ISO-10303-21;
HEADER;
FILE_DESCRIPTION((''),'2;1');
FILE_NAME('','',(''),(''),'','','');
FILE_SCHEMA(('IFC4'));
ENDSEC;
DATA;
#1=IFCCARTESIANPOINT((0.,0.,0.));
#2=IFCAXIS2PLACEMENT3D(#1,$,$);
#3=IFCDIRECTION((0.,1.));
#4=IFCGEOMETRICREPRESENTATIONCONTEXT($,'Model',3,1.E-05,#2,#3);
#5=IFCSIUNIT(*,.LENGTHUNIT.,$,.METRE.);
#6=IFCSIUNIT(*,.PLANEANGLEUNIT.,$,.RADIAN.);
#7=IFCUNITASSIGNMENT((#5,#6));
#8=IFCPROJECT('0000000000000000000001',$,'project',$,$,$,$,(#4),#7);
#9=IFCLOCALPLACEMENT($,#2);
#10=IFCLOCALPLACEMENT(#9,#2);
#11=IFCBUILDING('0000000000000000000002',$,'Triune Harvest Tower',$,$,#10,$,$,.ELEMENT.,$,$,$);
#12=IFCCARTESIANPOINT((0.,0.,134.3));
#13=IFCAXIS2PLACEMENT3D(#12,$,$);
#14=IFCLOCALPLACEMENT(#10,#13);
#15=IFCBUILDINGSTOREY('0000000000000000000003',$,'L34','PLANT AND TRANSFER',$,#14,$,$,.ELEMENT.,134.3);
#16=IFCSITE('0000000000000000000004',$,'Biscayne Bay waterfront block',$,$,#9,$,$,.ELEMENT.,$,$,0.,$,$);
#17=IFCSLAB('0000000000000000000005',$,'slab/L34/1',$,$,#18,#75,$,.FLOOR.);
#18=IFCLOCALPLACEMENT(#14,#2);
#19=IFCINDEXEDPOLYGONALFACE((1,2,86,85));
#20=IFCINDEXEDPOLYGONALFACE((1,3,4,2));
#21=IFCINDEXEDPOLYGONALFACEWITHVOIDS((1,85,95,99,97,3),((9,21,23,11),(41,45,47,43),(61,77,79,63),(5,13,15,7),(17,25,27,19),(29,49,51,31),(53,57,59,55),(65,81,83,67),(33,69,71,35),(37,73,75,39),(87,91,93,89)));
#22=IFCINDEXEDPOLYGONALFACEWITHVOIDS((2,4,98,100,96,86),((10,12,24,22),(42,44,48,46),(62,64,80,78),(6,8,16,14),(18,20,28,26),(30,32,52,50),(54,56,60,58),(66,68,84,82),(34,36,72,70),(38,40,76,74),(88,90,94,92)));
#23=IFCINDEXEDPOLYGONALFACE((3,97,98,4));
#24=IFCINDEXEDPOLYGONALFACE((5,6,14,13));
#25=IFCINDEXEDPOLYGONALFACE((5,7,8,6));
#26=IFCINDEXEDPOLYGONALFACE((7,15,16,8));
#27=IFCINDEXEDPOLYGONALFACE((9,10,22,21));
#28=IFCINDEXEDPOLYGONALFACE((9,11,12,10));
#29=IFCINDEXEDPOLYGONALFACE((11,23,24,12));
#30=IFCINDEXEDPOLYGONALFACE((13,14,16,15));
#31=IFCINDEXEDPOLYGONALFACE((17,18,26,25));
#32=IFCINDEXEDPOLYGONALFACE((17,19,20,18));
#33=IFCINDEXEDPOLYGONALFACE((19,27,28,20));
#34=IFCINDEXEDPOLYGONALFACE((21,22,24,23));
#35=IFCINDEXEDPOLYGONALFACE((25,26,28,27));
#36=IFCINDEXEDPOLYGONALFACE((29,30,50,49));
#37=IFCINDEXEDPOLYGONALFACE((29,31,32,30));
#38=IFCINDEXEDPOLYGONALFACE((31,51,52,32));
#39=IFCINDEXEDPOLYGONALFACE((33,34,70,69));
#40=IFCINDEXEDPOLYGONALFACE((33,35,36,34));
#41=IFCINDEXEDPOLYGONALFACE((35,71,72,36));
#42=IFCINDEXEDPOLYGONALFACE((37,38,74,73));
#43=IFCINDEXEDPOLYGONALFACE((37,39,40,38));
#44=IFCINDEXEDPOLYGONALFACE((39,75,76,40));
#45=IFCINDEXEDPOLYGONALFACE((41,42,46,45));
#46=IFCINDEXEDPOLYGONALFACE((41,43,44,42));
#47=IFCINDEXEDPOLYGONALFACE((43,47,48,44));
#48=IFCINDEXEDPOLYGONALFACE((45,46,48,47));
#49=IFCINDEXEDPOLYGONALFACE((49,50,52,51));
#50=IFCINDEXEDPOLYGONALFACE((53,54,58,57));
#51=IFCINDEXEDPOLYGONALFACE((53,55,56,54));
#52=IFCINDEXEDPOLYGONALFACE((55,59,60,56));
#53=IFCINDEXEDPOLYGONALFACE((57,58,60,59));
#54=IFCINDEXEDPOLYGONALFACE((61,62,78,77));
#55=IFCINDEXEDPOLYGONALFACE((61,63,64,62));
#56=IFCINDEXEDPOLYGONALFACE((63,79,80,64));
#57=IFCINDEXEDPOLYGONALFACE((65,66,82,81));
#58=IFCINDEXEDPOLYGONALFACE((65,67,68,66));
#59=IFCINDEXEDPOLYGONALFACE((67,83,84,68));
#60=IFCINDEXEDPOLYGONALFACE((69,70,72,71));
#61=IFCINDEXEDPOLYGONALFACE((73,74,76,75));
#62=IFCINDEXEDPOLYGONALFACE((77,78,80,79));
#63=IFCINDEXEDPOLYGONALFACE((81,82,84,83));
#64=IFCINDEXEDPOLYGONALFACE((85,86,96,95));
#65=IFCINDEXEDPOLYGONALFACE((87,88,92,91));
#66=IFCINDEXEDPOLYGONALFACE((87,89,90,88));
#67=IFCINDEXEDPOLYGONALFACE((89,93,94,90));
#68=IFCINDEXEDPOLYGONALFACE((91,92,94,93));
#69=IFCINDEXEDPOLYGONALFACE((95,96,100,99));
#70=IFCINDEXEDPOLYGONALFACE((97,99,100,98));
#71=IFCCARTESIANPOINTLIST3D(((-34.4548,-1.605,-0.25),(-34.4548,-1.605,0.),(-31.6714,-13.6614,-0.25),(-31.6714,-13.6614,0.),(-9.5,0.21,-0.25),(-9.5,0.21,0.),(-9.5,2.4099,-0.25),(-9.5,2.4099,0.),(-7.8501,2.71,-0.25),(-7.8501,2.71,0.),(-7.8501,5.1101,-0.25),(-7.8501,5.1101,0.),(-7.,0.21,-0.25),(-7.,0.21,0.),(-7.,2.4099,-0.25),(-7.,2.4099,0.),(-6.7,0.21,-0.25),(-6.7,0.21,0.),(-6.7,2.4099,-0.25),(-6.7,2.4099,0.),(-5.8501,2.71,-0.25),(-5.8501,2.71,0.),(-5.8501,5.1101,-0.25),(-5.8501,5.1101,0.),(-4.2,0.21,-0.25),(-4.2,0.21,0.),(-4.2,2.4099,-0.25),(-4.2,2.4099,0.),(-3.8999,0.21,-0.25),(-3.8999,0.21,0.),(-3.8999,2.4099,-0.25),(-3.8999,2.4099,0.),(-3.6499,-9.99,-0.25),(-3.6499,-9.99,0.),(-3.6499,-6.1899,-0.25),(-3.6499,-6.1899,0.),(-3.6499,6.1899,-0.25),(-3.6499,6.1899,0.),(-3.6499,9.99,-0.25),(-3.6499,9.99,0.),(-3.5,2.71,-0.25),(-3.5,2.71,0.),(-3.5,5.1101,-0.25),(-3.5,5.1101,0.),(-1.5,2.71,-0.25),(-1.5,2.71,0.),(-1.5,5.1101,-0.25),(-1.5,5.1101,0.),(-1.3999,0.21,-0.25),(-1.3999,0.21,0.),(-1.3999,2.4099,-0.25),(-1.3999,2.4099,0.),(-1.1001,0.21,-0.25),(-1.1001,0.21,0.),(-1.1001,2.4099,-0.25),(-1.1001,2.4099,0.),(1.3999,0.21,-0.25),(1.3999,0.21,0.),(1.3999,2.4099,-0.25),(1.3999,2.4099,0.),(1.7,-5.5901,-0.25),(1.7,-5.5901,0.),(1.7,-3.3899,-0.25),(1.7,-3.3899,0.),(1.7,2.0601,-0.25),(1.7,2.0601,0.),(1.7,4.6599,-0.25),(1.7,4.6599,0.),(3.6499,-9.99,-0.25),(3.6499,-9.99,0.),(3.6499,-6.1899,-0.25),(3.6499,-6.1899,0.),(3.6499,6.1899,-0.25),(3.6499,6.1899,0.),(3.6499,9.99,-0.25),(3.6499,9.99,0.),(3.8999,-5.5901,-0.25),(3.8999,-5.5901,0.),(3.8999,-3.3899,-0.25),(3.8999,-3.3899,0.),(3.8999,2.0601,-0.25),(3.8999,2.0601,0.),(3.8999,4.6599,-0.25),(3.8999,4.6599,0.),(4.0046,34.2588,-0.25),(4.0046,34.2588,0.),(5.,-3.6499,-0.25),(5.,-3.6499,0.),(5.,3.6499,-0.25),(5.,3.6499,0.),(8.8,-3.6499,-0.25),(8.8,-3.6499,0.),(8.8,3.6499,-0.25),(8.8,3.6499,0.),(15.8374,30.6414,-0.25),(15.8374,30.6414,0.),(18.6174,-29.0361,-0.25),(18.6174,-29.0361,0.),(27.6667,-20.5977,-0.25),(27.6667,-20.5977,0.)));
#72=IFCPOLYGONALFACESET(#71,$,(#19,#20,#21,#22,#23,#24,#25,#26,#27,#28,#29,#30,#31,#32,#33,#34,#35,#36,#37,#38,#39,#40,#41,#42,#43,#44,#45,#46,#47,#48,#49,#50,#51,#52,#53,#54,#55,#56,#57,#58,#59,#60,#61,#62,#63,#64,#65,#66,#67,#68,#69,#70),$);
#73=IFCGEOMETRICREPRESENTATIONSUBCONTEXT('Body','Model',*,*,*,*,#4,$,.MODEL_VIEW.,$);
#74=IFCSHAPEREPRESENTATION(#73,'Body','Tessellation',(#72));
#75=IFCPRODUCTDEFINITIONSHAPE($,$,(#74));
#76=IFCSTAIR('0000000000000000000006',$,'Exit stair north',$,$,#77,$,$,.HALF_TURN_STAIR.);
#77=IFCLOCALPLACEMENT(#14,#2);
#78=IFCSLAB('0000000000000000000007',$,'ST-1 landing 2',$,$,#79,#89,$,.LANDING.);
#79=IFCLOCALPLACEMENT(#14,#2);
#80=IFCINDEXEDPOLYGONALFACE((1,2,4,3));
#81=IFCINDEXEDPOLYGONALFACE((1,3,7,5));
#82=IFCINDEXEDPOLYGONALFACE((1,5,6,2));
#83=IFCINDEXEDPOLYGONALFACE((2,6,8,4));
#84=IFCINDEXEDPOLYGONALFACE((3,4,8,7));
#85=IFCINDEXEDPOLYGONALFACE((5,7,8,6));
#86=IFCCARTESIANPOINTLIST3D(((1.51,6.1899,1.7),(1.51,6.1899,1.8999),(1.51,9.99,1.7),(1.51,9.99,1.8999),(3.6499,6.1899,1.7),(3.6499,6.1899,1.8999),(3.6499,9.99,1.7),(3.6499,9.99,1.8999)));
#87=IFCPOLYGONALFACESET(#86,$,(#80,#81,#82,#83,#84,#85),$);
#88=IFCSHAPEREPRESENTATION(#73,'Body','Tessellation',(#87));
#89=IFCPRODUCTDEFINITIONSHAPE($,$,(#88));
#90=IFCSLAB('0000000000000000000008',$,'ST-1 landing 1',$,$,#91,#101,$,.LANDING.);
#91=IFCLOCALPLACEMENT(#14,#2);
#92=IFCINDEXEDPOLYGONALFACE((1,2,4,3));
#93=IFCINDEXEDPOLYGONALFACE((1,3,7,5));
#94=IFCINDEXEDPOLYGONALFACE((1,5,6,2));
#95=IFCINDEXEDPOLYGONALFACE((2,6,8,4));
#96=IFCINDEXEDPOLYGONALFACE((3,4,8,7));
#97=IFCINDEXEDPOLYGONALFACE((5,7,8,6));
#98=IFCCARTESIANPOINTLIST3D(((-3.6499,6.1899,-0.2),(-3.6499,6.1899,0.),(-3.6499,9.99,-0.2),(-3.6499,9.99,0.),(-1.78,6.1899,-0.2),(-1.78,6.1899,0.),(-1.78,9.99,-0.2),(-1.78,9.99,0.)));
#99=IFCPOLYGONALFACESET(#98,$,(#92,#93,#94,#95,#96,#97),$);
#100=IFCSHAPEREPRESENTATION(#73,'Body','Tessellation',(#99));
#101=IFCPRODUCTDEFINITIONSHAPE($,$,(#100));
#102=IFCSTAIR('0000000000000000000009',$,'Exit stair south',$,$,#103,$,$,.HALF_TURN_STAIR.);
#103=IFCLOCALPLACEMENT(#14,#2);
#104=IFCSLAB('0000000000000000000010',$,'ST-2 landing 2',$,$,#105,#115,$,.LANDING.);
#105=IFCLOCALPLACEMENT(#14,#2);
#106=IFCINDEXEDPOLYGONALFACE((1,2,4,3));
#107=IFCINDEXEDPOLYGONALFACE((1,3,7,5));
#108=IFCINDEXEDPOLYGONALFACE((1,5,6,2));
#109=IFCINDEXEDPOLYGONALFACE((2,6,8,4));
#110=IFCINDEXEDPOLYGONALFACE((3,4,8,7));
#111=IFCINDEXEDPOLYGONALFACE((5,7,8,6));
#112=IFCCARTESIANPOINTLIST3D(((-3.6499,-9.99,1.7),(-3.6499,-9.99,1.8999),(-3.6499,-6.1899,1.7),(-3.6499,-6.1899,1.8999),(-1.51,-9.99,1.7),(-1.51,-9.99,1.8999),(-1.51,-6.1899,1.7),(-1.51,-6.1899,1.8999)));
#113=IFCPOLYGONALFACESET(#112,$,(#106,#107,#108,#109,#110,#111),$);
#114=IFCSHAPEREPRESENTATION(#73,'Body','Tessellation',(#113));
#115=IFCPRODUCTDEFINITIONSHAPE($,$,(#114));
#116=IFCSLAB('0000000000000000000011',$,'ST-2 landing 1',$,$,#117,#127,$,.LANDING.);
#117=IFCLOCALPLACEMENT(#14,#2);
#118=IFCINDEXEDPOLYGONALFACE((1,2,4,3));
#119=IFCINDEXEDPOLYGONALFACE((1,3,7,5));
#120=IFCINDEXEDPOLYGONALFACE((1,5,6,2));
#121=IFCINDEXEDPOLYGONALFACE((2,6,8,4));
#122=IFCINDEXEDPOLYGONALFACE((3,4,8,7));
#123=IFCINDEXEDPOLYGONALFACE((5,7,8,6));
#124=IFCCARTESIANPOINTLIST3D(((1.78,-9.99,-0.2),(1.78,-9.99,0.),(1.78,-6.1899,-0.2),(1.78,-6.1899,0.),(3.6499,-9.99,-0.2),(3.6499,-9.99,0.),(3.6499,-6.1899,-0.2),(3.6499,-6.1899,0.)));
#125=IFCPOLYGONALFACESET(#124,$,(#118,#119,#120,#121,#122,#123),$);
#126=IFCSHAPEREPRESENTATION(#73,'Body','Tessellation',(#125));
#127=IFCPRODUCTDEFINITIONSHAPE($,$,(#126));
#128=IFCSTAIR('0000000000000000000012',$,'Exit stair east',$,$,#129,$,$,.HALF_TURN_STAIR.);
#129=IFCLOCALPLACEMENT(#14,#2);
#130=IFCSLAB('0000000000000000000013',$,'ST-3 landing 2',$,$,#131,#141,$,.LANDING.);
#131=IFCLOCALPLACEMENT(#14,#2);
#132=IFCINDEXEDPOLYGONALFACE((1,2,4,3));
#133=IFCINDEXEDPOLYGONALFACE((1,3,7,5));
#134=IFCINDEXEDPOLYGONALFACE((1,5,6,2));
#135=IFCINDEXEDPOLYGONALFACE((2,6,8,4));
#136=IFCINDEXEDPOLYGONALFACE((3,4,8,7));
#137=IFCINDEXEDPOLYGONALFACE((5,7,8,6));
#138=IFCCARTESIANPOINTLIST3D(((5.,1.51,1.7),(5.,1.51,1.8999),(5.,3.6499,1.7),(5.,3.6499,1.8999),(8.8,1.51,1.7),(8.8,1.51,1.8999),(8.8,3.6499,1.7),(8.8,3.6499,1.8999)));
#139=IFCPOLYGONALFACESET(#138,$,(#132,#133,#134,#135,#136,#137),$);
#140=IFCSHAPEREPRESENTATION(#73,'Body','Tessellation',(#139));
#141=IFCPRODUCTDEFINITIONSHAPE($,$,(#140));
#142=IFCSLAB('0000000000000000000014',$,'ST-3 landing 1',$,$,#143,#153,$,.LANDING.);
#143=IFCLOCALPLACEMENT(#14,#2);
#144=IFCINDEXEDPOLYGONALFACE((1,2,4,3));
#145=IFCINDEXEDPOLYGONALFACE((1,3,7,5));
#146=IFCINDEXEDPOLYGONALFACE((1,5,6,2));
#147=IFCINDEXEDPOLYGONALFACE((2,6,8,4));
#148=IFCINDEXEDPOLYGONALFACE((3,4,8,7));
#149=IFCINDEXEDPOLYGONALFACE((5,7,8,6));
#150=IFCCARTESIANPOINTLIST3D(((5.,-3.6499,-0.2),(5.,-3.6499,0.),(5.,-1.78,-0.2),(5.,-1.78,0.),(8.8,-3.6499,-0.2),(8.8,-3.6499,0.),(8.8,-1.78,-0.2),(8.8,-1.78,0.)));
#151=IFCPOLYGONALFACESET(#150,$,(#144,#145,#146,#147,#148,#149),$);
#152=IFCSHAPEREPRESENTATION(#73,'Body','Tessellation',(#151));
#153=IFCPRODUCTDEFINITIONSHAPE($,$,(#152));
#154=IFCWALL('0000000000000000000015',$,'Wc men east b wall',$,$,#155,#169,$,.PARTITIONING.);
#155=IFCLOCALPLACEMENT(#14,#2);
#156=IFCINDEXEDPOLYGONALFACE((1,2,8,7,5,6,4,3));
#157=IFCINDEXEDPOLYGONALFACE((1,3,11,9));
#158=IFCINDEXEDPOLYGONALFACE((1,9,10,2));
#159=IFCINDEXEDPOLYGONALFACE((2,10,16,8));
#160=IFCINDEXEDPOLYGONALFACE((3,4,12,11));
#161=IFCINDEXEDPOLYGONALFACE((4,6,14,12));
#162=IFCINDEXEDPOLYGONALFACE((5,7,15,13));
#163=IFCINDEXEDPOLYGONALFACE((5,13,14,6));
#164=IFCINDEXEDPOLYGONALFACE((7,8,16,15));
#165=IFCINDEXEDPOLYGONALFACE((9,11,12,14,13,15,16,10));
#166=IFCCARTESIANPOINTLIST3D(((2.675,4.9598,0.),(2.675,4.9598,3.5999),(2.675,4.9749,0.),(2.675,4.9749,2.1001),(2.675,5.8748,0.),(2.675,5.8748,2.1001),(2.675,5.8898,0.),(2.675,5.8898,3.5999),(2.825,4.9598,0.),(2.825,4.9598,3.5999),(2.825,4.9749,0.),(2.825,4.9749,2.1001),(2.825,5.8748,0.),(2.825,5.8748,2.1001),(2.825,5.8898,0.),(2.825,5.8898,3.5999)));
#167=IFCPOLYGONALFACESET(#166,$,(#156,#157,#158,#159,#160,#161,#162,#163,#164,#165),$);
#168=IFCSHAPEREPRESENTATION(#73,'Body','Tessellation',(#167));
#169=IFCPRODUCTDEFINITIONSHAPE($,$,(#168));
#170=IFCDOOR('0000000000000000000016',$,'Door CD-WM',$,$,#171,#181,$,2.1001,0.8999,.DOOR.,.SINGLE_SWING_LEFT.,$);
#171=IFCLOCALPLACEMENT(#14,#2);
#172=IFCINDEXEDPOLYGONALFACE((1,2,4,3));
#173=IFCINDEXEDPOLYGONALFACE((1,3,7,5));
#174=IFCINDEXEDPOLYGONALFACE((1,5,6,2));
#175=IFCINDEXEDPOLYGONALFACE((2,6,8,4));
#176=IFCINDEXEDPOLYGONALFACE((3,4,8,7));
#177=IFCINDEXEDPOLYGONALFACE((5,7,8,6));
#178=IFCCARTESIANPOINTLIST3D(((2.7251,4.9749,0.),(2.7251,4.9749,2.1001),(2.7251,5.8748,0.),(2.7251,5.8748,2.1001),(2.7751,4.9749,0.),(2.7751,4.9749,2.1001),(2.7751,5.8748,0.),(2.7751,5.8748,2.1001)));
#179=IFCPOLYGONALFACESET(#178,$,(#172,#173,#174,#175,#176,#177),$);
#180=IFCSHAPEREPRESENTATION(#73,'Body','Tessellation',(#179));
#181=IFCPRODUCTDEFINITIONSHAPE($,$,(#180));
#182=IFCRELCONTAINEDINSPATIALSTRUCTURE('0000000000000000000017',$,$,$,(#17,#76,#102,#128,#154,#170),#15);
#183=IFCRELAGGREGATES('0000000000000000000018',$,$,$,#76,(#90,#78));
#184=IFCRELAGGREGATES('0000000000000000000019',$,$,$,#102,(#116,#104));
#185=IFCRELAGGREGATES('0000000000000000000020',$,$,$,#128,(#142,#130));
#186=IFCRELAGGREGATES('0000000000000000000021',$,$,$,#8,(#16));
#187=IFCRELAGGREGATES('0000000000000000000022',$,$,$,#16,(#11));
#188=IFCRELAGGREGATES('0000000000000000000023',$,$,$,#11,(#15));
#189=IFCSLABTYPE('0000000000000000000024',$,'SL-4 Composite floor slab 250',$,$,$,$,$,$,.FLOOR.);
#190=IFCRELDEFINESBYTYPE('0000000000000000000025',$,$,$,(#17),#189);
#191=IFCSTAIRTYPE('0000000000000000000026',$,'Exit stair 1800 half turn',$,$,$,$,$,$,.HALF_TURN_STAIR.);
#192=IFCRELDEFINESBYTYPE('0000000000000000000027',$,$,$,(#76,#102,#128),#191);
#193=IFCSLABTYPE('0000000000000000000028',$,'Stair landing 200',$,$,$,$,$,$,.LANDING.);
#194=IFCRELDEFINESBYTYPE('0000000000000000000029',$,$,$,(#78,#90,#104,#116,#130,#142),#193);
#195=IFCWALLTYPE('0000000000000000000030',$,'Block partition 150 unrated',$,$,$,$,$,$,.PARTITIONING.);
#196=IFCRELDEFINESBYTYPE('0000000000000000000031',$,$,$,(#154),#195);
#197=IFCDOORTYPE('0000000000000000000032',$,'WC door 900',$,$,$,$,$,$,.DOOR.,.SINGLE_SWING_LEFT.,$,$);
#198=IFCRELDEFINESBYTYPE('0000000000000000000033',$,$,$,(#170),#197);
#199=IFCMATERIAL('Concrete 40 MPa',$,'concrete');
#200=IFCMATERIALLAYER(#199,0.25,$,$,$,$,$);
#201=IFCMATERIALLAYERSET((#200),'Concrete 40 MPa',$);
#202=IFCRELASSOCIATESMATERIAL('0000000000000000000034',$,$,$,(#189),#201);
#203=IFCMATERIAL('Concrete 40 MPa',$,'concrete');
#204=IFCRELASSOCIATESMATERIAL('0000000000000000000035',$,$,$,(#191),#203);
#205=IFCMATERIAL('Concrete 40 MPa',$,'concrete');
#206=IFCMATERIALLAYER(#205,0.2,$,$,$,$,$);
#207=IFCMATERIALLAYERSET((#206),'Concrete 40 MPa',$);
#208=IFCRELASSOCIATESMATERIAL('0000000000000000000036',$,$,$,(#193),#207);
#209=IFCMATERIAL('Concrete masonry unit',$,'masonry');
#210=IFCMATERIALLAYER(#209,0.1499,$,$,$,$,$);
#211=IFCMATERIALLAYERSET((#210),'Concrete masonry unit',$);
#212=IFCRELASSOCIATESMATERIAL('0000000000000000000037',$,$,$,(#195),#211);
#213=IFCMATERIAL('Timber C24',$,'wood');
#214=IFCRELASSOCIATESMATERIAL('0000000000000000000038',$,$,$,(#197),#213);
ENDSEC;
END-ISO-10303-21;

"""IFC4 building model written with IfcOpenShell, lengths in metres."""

from ifc_helpers import new_model, si_unit, direction, frame, frame_2d, origin, place, context, subcontext, project, spatial, polyline, rectangle, outline, extrude, source, transform, mapped, material, layer, layer_set, type_object, element, fill, aggregate, save


model = new_model("IFC4")

# Units and contexts
model_context = context("Model", 3, precision=1e-05, world=origin(), true_north=direction((0.0, 1.0)))
body_context = subcontext(model_context, "Body", "Model", "MODEL_VIEW")
ifc_project = project(units=[si_unit("LENGTHUNIT", "METRE"), si_unit("PLANEANGLEUNIT", "RADIAN")], contexts=[model_context])

# Site, building, storey
site_placement = place(None, origin())
site = spatial("IfcSite", under=ifc_project, at=site_placement, Name="Biscayne Bay waterfront block", CompositionType="ELEMENT", RefElevation=0.0)
building_placement = place(site_placement, origin())
building = spatial("IfcBuilding", under=site, at=building_placement, Name="Triune Harvest Tower", CompositionType="ELEMENT")
storey_placement = place(building_placement, frame((0.0, 0.0, 134.3)))
storey = spatial("IfcBuildingStorey", under=building, at=storey_placement, Name="L34", Description="PLANT AND TRANSFER", CompositionType="ELEMENT", Elevation=134.3)

# Slab
ifc_material_1 = material(Name="Concrete 40 MPa", Category="concrete")
ifc_layer_1 = layer(ifc_material_1, 0.25)
ifc_layer_set_1 = layer_set([ifc_layer_1], Name="Concrete 40 MPa")
slab_type_1 = type_object("IfcSlabType", Name="SL-4 Composite floor slab 250", PredefinedType="FLOOR", material=ifc_layer_set_1)
slab_1_placement = place(storey_placement, frame((0.0, 0.0, -0.25)))
element("IfcSlab", 1, at=slab_1_placement, inside=storey, type_object=slab_type_1, Name="slab/L34/1", PredefinedType="FLOOR", context=body_context, shape_type="SweptSolid", body=[
    extrude(outline(polyline([(27.6667, -20.5977), (15.8374, 30.6414), (4.0046, 34.2588), (-34.4548, -1.605), (-31.6714, -13.6614), (18.6174, -29.0361), (27.6667, -20.5977)]), holes=[polyline([(-7.0, 0.21), (-7.0, 2.4099), (-9.5, 2.4099), (-9.5, 0.21), (-7.0, 0.21)]), polyline([(-4.2, 0.21), (-4.2, 2.4099), (-6.7, 2.4099), (-6.7, 0.21), (-4.2, 0.21)]), polyline([(-1.3999, 0.21), (-1.3999, 2.4099), (-3.8999, 2.4099), (-3.8999, 0.21), (-1.3999, 0.21)]), polyline([(1.3999, 0.21), (1.3999, 2.4099), (-1.1001, 2.4099), (-1.1001, 0.21), (1.3999, 0.21)]), polyline([(3.8999, 2.0601), (3.8999, 4.6599), (1.7, 4.6599), (1.7, 2.0601), (3.8999, 2.0601)]), polyline([(3.8999, -5.5901), (3.8999, -3.3899), (1.7, -3.3899), (1.7, -5.5901), (3.8999, -5.5901)]), polyline([(-5.8501, 2.71), (-5.8501, 5.1101), (-7.8501, 5.1101), (-7.8501, 2.71), (-5.8501, 2.71)]), polyline([(-1.5, 2.71), (-1.5, 5.1101), (-3.5, 5.1101), (-3.5, 2.71), (-1.5, 2.71)]), polyline([(3.6499, 6.1899), (3.6499, 9.99), (-3.6499, 9.99), (-3.6499, 6.1899), (3.6499, 6.1899)]), polyline([(3.6499, -9.99), (3.6499, -6.1899), (-3.6499, -6.1899), (-3.6499, -9.99), (3.6499, -9.99)]), polyline([(8.8, -3.6499), (8.8, 3.6499), (5.0, 3.6499), (5.0, -3.6499), (8.8, -3.6499)])]), origin(), (0.0, 0.0, 1.0), 0.25),
])

# Stairs, slabs
ifc_material_2 = material(Name="Concrete 40 MPa", Category="concrete")
stair_type = type_object("IfcStairType", Name="Exit stair 1800 half turn", PredefinedType="HALF_TURN_STAIR", material=ifc_material_2)
stair_1_placement = place(storey_placement, origin())
stair_1 = element("IfcStair", 2, at=stair_1_placement, inside=storey, type_object=stair_type, Name="Exit stair north", PredefinedType="HALF_TURN_STAIR")
ifc_material_3 = material(Name="Concrete 40 MPa", Category="concrete")
ifc_layer_2 = layer(ifc_material_3, 0.2)
ifc_layer_set_2 = layer_set([ifc_layer_2], Name="Concrete 40 MPa")
slab_type_2 = type_object("IfcSlabType", Name="Stair landing 200", PredefinedType="LANDING", material=ifc_layer_set_2)
shared_shape_1 = source(origin(), body_context, "Body", "SweptSolid", [
    extrude(outline(polyline([(1.51, 6.1899), (3.6499, 6.1899), (3.6499, 9.99), (1.51, 9.99), (1.51, 6.1899)])), origin(), (0.0, 0.0, 1.0), 0.2),
])
slab_2_placement = place(storey_placement, frame((0.0, 0.0, 1.7)))
slab_2 = element("IfcSlab", 3, at=slab_2_placement, type_object=slab_type_2, Name="ST-1 landing 2", PredefinedType="LANDING", context=body_context, shape_type="MappedRepresentation", body=[
    mapped(shared_shape_1, transform((0.0, 0.0, 0.0), scale=1.0)),
])
shared_shape_2 = source(origin(), body_context, "Body", "SweptSolid", [
    extrude(outline(polyline([(-3.6499, 6.1899), (-1.78, 6.1899), (-1.78, 9.99), (-3.6499, 9.99), (-3.6499, 6.1899)])), origin(), (0.0, 0.0, 1.0), 0.2),
])
slab_3_placement = place(storey_placement, frame((0.0, 0.0, -0.2)))
slab_3 = element("IfcSlab", 4, at=slab_3_placement, type_object=slab_type_2, Name="ST-1 landing 1", PredefinedType="LANDING", context=body_context, shape_type="MappedRepresentation", body=[
    mapped(shared_shape_2, transform((0.0, 0.0, 0.0), scale=1.0)),
])
aggregate(stair_1, [slab_3, slab_2])
stair_2_placement = place(storey_placement, origin())
stair_2 = element("IfcStair", 5, at=stair_2_placement, inside=storey, type_object=stair_type, Name="Exit stair south", PredefinedType="HALF_TURN_STAIR")
shared_shape_3 = source(origin(), body_context, "Body", "SweptSolid", [
    extrude(outline(polyline([(-1.51, -6.1899), (-3.6499, -6.1899), (-3.6499, -9.99), (-1.51, -9.99), (-1.51, -6.1899)])), origin(), (0.0, 0.0, 1.0), 0.2),
])
slab_4_placement = place(storey_placement, frame((0.0, 0.0, 1.7)))
slab_4 = element("IfcSlab", 6, at=slab_4_placement, type_object=slab_type_2, Name="ST-2 landing 2", PredefinedType="LANDING", context=body_context, shape_type="MappedRepresentation", body=[
    mapped(shared_shape_3, transform((0.0, 0.0, 0.0), scale=1.0)),
])
shared_shape_4 = source(origin(), body_context, "Body", "SweptSolid", [
    extrude(outline(polyline([(3.6499, -6.1899), (1.78, -6.1899), (1.78, -9.99), (3.6499, -9.99), (3.6499, -6.1899)])), origin(), (0.0, 0.0, 1.0), 0.2),
])
slab_5_placement = place(storey_placement, frame((0.0, 0.0, -0.2)))
slab_5 = element("IfcSlab", 7, at=slab_5_placement, type_object=slab_type_2, Name="ST-2 landing 1", PredefinedType="LANDING", context=body_context, shape_type="MappedRepresentation", body=[
    mapped(shared_shape_4, transform((0.0, 0.0, 0.0), scale=1.0)),
])
aggregate(stair_2, [slab_5, slab_4])
stair_3_placement = place(storey_placement, origin())
stair_3 = element("IfcStair", 8, at=stair_3_placement, inside=storey, type_object=stair_type, Name="Exit stair east", PredefinedType="HALF_TURN_STAIR")
shared_shape_5 = source(origin(), body_context, "Body", "SweptSolid", [
    extrude(outline(polyline([(8.8, 1.51), (8.8, 3.6499), (5.0, 3.6499), (5.0, 1.51), (8.8, 1.51)])), origin(), (0.0, 0.0, 1.0), 0.2),
])
slab_6_placement = place(storey_placement, frame((0.0, 0.0, 1.7)))
slab_6 = element("IfcSlab", 9, at=slab_6_placement, type_object=slab_type_2, Name="ST-3 landing 2", PredefinedType="LANDING", context=body_context, shape_type="MappedRepresentation", body=[
    mapped(shared_shape_5, transform((0.0, 0.0, 0.0), scale=1.0)),
])
shared_shape_6 = source(origin(), body_context, "Body", "SweptSolid", [
    extrude(outline(polyline([(8.8, -3.6499), (8.8, -1.78), (5.0, -1.78), (5.0, -3.6499), (8.8, -3.6499)])), origin(), (0.0, 0.0, 1.0), 0.2),
])
slab_7_placement = place(storey_placement, frame((0.0, 0.0, -0.2)))
slab_7 = element("IfcSlab", 10, at=slab_7_placement, type_object=slab_type_2, Name="ST-3 landing 1", PredefinedType="LANDING", context=body_context, shape_type="MappedRepresentation", body=[
    mapped(shared_shape_6, transform((0.0, 0.0, 0.0), scale=1.0)),
])

# Wall, opening, door
ifc_material_4 = material(Name="Concrete masonry unit", Category="masonry")
ifc_layer_3 = layer(ifc_material_4, 0.1499)
ifc_layer_set_3 = layer_set([ifc_layer_3], Name="Concrete masonry unit")
wall_type_1 = type_object("IfcWallType", Name="Block partition 150 unrated", PredefinedType="PARTITIONING", material=ifc_layer_set_3)
wall_1_placement = place(storey_placement, frame((2.75, 4.96, 0.0), z_axis=(0.0, 0.0, 1.0), x_axis=(0.0, 1.0, 0.0)))
wall_1 = element("IfcWall", 11, at=wall_1_placement, inside=storey, type_object=wall_type_1, Name="Wc men east b wall", PredefinedType="PARTITIONING", context=body_context, shape_type="SweptSolid", body=[
    extrude(rectangle(XDim=0.9299, YDim=0.1499, at=frame_2d((0.4648, 0.0))), origin(), (0.0, 0.0, 1.0), 3.5999),
])
opening_1_placement = place(wall_1_placement, frame((0.0149, 0.0, 0.0)))
opening_1 = element("IfcOpeningElement", 12, at=opening_1_placement, cuts=wall_1, PredefinedType="OPENING", context=body_context, shape_type="SweptSolid", body=[
    extrude(rectangle(XDim=0.8999, YDim=2.1001, at=frame_2d((0.45, 1.05))), frame((0.0, 0.085, 0.0), z_axis=(0.0, -1.0, 0.0), x_axis=(1.0, 0.0, 0.0)), (0.0, 0.0, 1.0), 0.1699),
])
ifc_material_5 = material(Name="Timber C24", Category="wood")
door_type_1 = type_object("IfcDoorType", Name="WC door 900", OperationType="SINGLE_SWING_LEFT", PredefinedType="DOOR", material=ifc_material_5)
door_1_placement = place(opening_1_placement, origin())
door_1 = element("IfcDoor", 13, at=door_1_placement, inside=storey, type_object=door_type_1, Name="Door CD-WM", OperationType="SINGLE_SWING_LEFT", OverallHeight=2.1001, OverallWidth=0.8999, PredefinedType="DOOR", context=body_context, shape_type="SweptSolid", body=[
    extrude(rectangle(XDim=0.8999, YDim=2.1001, at=frame_2d((0.45, 1.05))), frame((0.0, 0.0249, 0.0), z_axis=(0.0, -1.0, 0.0), x_axis=(1.0, 0.0, 0.0)), (0.0, 0.0, 1.0), 0.05),
])
fill(opening_1, door_1)

aggregate(stair_3, [slab_7, slab_6])

save(model, "model.ifc")
